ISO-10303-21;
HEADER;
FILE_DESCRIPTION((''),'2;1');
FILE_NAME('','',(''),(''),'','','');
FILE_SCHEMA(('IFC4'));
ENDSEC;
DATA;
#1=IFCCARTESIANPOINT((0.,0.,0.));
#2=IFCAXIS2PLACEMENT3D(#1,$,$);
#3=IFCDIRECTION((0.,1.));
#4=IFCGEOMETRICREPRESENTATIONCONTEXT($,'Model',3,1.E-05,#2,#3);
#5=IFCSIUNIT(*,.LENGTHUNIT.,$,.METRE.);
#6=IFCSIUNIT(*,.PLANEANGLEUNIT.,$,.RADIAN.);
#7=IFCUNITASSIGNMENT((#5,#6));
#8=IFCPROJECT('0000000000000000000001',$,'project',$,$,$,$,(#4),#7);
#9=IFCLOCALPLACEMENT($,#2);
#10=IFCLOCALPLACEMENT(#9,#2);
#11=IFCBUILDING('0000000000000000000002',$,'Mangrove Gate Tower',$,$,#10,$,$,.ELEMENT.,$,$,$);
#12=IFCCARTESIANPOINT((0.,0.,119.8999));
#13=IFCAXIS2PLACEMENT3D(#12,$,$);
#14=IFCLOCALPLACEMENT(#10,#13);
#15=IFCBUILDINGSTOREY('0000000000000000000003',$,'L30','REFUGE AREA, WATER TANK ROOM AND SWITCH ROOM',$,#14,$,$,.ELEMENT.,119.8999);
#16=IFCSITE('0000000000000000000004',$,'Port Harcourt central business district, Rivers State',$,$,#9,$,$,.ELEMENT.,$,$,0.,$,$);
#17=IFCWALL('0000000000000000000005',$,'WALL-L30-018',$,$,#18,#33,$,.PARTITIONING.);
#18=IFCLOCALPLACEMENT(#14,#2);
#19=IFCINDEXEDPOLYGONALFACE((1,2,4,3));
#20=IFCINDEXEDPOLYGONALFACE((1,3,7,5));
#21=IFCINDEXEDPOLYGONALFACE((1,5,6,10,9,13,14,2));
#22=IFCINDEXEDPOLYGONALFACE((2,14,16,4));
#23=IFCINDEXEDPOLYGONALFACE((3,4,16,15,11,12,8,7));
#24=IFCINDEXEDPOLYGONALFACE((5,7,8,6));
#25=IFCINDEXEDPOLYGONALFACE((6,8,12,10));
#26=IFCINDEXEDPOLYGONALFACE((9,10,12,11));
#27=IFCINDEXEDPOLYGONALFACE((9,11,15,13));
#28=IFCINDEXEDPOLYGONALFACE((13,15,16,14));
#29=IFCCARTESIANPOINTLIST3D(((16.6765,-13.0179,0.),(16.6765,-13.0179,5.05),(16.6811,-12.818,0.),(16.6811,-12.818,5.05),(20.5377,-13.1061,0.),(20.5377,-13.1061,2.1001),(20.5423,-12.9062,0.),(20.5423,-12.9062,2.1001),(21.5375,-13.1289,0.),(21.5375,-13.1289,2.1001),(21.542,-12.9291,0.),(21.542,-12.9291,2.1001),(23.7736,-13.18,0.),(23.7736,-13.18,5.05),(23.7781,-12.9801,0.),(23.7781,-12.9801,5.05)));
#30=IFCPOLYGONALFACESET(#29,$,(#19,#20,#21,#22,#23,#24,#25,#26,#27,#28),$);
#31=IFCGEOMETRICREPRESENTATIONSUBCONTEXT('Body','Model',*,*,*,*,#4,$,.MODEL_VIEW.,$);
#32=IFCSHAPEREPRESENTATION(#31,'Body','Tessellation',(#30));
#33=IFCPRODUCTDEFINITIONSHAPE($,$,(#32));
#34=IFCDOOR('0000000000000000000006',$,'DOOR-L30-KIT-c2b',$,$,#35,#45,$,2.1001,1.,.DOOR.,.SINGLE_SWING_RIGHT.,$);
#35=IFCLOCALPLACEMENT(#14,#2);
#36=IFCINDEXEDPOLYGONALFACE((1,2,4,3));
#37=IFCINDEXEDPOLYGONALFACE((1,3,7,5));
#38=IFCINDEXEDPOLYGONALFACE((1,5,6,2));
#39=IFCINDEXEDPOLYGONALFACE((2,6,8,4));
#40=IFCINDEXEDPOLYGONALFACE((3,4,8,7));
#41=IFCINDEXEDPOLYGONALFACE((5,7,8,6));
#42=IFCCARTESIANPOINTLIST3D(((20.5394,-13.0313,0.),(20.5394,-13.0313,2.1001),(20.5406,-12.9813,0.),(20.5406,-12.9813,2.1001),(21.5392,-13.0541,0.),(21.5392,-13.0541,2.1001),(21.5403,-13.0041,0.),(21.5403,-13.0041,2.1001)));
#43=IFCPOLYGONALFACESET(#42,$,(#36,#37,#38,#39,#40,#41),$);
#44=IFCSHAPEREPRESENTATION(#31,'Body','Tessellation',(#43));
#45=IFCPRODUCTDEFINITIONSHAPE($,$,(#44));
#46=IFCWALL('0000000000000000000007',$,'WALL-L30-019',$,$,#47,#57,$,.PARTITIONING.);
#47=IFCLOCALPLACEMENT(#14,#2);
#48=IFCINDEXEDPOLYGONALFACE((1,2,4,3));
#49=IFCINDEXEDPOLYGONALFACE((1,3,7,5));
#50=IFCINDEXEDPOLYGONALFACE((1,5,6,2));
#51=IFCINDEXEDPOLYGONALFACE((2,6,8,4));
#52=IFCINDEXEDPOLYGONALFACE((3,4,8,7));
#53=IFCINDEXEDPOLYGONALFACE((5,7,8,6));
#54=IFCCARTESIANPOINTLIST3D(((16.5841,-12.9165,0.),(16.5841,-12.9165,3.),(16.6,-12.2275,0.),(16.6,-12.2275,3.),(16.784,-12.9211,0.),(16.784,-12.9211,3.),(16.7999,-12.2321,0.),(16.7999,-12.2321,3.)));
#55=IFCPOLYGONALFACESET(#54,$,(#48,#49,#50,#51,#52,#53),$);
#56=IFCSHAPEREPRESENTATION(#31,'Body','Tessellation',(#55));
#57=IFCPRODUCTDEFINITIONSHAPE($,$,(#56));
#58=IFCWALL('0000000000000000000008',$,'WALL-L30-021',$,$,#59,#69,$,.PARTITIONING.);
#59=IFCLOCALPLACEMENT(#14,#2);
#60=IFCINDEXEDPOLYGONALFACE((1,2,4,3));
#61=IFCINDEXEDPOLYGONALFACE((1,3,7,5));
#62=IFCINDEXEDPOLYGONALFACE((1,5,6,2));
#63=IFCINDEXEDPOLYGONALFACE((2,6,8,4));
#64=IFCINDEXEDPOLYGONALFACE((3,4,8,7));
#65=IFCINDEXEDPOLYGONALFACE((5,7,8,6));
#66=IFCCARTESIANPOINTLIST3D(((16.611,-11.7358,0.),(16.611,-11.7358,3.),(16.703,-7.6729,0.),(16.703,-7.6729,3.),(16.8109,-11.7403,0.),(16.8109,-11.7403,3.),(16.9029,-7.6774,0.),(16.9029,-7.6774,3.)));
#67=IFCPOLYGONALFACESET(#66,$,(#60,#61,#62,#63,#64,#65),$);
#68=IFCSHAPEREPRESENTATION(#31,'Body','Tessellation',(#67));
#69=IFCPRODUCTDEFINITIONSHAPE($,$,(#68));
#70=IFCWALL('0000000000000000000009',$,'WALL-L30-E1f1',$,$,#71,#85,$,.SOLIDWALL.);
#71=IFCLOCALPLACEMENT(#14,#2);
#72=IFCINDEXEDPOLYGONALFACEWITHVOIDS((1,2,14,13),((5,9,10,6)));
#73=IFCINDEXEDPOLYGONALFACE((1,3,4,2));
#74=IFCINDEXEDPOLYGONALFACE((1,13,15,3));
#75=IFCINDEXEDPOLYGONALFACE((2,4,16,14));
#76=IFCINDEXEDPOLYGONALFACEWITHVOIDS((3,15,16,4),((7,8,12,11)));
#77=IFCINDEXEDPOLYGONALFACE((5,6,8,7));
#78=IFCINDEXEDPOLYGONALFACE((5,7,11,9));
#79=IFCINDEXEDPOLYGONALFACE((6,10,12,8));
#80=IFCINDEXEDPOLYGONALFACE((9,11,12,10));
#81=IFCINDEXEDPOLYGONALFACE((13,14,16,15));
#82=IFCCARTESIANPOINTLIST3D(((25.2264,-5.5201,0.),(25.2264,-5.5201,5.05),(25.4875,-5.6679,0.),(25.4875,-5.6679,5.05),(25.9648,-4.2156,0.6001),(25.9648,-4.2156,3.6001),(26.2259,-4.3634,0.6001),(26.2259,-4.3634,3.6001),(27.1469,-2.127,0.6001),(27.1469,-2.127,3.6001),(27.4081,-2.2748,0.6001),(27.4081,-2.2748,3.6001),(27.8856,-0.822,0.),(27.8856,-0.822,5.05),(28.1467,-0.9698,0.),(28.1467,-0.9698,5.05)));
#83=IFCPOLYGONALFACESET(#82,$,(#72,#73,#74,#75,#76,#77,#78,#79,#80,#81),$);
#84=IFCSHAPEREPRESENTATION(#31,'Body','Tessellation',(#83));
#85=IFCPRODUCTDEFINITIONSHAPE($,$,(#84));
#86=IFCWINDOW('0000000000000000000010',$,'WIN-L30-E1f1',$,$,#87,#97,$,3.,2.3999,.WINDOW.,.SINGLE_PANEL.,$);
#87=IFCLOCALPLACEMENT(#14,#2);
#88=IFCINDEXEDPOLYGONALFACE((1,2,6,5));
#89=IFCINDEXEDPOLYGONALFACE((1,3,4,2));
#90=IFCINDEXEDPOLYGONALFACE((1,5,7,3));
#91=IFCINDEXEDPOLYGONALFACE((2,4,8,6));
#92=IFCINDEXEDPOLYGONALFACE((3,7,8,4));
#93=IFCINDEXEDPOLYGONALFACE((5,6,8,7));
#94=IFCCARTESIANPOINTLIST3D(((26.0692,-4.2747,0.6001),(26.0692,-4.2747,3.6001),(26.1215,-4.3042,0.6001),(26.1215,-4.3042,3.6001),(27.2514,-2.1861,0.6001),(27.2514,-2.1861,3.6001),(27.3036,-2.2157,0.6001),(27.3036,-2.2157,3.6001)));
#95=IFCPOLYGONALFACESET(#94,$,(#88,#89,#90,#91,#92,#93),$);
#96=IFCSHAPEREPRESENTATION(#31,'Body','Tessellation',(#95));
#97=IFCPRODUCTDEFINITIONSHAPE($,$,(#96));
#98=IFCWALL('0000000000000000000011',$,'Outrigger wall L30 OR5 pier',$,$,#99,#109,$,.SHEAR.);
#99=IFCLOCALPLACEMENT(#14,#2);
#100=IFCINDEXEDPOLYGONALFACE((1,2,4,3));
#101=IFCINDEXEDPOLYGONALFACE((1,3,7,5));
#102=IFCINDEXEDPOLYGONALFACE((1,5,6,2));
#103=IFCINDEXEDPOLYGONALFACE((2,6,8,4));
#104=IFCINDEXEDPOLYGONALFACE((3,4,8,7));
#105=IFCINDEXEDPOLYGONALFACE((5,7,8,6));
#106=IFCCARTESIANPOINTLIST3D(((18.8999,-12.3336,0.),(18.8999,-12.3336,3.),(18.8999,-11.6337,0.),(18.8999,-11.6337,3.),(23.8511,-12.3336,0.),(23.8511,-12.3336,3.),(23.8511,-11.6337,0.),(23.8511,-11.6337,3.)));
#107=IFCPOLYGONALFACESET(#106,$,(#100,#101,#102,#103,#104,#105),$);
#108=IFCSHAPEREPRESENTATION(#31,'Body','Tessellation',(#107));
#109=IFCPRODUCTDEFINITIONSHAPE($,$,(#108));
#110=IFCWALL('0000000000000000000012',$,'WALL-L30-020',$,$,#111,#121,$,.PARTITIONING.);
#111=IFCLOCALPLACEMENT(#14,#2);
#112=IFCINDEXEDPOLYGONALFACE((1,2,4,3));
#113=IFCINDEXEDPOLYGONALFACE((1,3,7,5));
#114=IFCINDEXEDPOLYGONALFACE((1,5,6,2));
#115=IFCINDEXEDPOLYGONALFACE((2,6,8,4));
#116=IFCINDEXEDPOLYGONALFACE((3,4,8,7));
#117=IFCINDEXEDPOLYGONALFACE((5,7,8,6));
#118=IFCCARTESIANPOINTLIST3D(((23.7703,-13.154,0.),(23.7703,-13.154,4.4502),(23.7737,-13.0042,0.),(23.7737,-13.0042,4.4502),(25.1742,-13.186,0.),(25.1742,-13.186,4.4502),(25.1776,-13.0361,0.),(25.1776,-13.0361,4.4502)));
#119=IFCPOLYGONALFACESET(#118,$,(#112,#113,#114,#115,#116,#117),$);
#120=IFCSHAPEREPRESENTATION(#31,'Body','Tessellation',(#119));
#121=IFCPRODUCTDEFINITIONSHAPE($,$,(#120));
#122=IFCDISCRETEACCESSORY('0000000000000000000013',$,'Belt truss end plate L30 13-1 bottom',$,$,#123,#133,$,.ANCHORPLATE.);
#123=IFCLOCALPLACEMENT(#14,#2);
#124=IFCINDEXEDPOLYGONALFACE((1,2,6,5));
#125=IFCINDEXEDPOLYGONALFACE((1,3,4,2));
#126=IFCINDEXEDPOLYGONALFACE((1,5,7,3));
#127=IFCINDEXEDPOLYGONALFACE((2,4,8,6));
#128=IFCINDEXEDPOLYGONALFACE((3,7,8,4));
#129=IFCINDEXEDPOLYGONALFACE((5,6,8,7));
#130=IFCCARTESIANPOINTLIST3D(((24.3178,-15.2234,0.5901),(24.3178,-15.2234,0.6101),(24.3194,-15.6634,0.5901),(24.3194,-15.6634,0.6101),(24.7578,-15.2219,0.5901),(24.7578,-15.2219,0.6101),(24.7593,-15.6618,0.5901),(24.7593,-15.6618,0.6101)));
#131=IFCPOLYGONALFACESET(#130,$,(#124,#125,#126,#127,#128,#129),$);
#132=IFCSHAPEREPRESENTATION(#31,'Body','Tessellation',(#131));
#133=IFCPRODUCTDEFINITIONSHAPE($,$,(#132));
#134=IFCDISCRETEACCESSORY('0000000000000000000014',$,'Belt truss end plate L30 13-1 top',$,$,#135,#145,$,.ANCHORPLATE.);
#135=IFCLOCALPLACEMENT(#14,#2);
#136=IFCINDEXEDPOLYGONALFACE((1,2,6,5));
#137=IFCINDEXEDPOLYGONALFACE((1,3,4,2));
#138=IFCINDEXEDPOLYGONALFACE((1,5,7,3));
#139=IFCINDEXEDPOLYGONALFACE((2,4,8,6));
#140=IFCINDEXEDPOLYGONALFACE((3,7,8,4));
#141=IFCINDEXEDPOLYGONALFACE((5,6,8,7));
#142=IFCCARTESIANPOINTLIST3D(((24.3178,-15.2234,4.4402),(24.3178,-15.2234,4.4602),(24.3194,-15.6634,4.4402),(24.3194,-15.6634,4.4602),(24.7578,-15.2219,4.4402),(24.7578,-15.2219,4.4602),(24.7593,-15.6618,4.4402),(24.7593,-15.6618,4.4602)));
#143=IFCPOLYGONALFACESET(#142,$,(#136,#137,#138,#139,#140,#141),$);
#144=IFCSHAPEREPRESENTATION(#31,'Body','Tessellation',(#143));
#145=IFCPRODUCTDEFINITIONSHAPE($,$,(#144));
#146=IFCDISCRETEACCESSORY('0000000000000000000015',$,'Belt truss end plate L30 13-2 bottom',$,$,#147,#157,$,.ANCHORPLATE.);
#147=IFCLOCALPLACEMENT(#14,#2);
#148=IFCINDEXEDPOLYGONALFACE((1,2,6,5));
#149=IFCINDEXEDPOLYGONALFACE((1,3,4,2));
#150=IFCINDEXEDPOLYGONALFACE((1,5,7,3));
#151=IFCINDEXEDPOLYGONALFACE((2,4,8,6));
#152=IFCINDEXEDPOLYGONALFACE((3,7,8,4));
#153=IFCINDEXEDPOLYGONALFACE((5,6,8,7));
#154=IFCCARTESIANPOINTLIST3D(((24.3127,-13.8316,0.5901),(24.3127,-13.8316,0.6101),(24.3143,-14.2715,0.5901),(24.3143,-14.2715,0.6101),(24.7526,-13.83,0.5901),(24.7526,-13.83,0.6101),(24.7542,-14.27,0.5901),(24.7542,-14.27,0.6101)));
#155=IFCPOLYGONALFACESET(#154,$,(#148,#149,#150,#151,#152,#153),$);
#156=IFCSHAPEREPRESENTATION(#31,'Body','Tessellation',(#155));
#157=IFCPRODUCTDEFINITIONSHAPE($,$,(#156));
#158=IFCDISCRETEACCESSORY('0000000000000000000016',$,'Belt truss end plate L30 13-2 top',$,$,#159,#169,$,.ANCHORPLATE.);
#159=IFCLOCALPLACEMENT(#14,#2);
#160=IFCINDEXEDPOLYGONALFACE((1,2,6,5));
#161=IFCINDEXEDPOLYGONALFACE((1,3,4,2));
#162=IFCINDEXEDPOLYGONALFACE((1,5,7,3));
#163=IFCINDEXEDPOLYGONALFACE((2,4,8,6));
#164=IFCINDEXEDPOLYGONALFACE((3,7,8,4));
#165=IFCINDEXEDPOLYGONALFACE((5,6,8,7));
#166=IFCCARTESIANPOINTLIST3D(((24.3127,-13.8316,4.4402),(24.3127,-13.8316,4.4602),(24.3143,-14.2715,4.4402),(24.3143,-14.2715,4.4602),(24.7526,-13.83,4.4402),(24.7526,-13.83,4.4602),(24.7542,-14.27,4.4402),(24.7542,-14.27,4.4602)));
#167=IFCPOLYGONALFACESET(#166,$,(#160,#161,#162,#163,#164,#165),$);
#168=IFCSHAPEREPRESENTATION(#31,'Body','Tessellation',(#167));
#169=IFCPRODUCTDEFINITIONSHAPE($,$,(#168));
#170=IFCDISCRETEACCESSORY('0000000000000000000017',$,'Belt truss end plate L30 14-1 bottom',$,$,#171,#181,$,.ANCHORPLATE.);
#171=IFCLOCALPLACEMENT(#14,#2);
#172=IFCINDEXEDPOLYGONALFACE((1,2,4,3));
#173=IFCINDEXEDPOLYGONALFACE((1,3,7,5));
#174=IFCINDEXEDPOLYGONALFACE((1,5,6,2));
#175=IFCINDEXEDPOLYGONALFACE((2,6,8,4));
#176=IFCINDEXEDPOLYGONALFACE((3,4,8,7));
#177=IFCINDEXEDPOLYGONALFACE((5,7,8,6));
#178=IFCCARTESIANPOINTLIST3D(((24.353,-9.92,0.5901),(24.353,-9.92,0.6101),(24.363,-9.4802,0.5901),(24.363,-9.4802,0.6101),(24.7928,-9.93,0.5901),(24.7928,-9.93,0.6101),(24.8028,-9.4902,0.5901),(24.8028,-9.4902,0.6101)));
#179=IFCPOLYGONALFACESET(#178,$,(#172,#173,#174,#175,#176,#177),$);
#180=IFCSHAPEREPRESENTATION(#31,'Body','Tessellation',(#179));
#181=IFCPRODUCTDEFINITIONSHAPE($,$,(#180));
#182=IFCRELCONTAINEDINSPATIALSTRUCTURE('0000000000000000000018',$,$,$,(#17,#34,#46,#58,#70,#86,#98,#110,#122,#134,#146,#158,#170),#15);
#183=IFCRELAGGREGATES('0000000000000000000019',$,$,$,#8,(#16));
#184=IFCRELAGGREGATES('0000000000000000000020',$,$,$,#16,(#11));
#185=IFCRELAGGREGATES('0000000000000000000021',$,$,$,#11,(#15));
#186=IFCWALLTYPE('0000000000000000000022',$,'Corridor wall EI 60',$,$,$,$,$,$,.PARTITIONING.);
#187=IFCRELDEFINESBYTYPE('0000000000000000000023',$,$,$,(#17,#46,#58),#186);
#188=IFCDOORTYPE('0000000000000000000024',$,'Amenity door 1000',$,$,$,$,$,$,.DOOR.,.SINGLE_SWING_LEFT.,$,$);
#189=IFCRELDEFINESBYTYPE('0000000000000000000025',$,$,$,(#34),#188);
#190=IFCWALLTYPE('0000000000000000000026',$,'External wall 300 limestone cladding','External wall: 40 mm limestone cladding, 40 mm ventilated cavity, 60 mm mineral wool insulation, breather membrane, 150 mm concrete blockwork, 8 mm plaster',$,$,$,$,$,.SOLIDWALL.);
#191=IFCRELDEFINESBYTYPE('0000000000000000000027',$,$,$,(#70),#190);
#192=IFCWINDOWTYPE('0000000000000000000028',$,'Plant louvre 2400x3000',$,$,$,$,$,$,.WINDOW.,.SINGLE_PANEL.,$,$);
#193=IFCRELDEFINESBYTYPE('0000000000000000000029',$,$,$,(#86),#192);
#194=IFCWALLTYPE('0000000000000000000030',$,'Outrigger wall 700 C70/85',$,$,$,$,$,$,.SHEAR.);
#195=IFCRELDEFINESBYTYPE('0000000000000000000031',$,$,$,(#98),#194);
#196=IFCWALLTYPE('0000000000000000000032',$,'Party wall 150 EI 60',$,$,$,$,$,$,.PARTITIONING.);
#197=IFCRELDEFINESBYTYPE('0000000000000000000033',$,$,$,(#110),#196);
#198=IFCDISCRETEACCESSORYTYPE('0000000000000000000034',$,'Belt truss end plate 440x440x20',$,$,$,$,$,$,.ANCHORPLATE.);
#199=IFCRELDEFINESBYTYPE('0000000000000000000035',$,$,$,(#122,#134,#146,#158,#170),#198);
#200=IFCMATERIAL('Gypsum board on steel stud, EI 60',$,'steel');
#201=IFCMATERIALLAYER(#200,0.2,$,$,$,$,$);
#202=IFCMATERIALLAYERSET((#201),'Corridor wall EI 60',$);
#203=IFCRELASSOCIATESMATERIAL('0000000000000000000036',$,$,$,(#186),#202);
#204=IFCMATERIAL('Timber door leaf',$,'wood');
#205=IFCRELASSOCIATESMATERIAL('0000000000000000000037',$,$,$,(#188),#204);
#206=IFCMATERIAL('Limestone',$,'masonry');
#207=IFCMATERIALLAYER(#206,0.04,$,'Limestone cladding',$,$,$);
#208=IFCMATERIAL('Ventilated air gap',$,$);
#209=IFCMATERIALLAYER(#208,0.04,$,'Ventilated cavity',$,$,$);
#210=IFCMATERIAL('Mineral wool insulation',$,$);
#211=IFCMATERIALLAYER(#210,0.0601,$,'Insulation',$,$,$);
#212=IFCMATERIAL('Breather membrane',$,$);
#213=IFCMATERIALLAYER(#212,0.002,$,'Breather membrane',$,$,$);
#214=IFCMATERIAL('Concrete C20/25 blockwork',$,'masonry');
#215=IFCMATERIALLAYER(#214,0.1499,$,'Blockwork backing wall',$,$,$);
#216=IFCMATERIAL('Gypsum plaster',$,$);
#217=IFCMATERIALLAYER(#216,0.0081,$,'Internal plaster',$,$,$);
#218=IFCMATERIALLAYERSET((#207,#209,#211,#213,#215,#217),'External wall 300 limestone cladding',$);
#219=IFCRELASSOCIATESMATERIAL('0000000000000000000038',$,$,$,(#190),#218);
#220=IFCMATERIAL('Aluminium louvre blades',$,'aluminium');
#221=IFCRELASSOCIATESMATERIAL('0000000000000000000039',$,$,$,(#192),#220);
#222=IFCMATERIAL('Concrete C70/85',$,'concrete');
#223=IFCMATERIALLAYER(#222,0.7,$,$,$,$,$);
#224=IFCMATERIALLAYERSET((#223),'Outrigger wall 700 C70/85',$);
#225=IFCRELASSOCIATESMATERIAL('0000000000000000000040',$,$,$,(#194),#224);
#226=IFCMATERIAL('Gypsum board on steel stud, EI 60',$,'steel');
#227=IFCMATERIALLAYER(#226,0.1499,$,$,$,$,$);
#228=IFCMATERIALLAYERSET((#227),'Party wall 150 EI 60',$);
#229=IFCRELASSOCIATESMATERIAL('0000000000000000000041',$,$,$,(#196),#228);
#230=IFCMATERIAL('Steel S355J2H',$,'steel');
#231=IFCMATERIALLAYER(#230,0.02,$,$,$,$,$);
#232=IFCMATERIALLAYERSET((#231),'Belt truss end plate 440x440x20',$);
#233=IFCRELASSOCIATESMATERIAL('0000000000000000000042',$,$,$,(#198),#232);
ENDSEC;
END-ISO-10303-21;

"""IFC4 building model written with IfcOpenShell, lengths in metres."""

from ifc_helpers import new_model, si_unit, direction, frame, frame_2d, origin, origin_2d, place, context, subcontext, project, spatial, rectangle, extrude, material, layer, layer_set, type_object, element, fill, save


model = new_model("IFC4")

# Units and contexts
model_context = context("Model", 3, precision=1e-05, world=origin(), true_north=direction((0.0, 1.0)))
body_context = subcontext(model_context, "Body", "Model", "MODEL_VIEW")
ifc_project = project(units=[si_unit("LENGTHUNIT", "METRE"), si_unit("PLANEANGLEUNIT", "RADIAN")], contexts=[model_context])

# Site, building, storey
site_placement = place(None, origin())
site = spatial("IfcSite", under=ifc_project, at=site_placement, Name="Port Harcourt central business district, Rivers State", CompositionType="ELEMENT", RefElevation=0.0)
building_placement = place(site_placement, origin())
building = spatial("IfcBuilding", under=site, at=building_placement, Name="Mangrove Gate Tower", CompositionType="ELEMENT")
storey_placement = place(building_placement, frame((0.0, 0.0, 119.8999)))
storey = spatial("IfcBuildingStorey", under=building, at=storey_placement, Name="L30", Description="REFUGE AREA, WATER TANK ROOM AND SWITCH ROOM", CompositionType="ELEMENT", Elevation=119.8999)

# Shared definitions
ifc_material_1 = material(Name="Gypsum board on steel stud, EI 60", Category="steel")
ifc_layer_1 = layer(ifc_material_1, 0.2)
ifc_layer_set_1 = layer_set([ifc_layer_1], Name="Corridor wall EI 60")
wall_type_1 = type_object("IfcWallType", Name="Corridor wall EI 60", PredefinedType="PARTITIONING", material=ifc_layer_set_1)

# Wall, opening, door
wall_1_placement = place(storey_placement, frame((16.679, -12.918, 0.0), z_axis=(0.0, 0.0, 1.0), x_axis=(0.999739, -0.022836, 0.0)))
wall_1 = element("IfcWall", 1, at=wall_1_placement, inside=storey, type_object=wall_type_1, Name="WALL-L30-018", PredefinedType="PARTITIONING", context=body_context, shape_type="SweptSolid", body=[
    extrude(rectangle(XDim=7.0989, YDim=0.2, at=frame_2d((3.5493, 0.0))), origin(), (0.0, 0.0, 1.0), 5.05),
])
opening_1_placement = place(wall_1_placement, frame((3.8621, 0.0, 0.0)))
opening_1 = element("IfcOpeningElement", 2, at=opening_1_placement, cuts=wall_1, PredefinedType="OPENING", context=body_context, shape_type="SweptSolid", body=[
    extrude(rectangle(XDim=1.0, YDim=2.1001, at=frame_2d((0.5, 1.05))), frame((0.0, 0.1099, 0.0), z_axis=(0.0, -1.0, 0.0), x_axis=(1.0, 0.0, 0.0)), (0.0, 0.0, 1.0), 0.22),
])
ifc_material_2 = material(Name="Timber door leaf", Category="wood")
door_type = type_object("IfcDoorType", Name="Amenity door 1000", OperationType="SINGLE_SWING_LEFT", PredefinedType="DOOR", material=ifc_material_2)
door_placement = place(opening_1_placement, origin())
door = element("IfcDoor", 3, at=door_placement, inside=storey, type_object=door_type, Name="DOOR-L30-KIT-c2b", OperationType="SINGLE_SWING_RIGHT", OverallHeight=2.1001, OverallWidth=1.0, PredefinedType="DOOR", context=body_context, shape_type="SweptSolid", body=[
    extrude(rectangle(XDim=1.0, YDim=2.1001, at=frame_2d((0.5, 1.05))), frame((0.0, 0.0249, 0.0), z_axis=(0.0, -1.0, 0.0), x_axis=(1.0, 0.0, 0.0)), (0.0, 0.0, 1.0), 0.05),
])
fill(opening_1, door)

# Walls
wall_2_placement = place(storey_placement, frame((16.6841, -12.9189, 0.0), z_axis=(0.0, 0.0, 1.0), x_axis=(0.023027, 0.999735, 0.0)))
element("IfcWall", 4, at=wall_2_placement, inside=storey, type_object=wall_type_1, Name="WALL-L30-019", PredefinedType="PARTITIONING", context=body_context, shape_type="SweptSolid", body=[
    extrude(rectangle(XDim=0.6892, YDim=0.2, at=frame_2d((0.3447, 0.0))), origin(), (0.0, 0.0, 1.0), 3.0),
])
wall_3_placement = place(storey_placement, frame((16.7109, -11.738, 0.0), z_axis=(0.0, 0.0, 1.0), x_axis=(0.022648, 0.999744, 0.0)))
element("IfcWall", 5, at=wall_3_placement, inside=storey, type_object=wall_type_1, Name="WALL-L30-021", PredefinedType="PARTITIONING", context=body_context, shape_type="SweptSolid", body=[
    extrude(rectangle(XDim=4.064, YDim=0.2, at=frame_2d((2.032, 0.0))), origin(), (0.0, 0.0, 1.0), 3.0),
])

# Wall, opening, window
ifc_material_3 = material(Name="Limestone", Category="masonry")
ifc_layer_2 = layer(ifc_material_3, 0.04, Name="Limestone cladding")
ifc_material_4 = material(Name="Ventilated air gap")
ifc_layer_3 = layer(ifc_material_4, 0.04, Name="Ventilated cavity")
ifc_material_5 = material(Name="Mineral wool insulation")
ifc_layer_4 = layer(ifc_material_5, 0.0601, Name="Insulation")
ifc_material_6 = material(Name="Breather membrane")
ifc_layer_5 = layer(ifc_material_6, 0.002, Name="Breather membrane")
ifc_material_7 = material(Name="Concrete C20/25 blockwork", Category="masonry")
ifc_layer_6 = layer(ifc_material_7, 0.1499, Name="Blockwork backing wall")
ifc_material_8 = material(Name="Gypsum plaster")
ifc_layer_7 = layer(ifc_material_8, 0.0081, Name="Internal plaster")
ifc_layer_set_2 = layer_set([ifc_layer_2, ifc_layer_3, ifc_layer_4, ifc_layer_5, ifc_layer_6, ifc_layer_7], Name="External wall 300 limestone cladding")
wall_type_2 = type_object("IfcWallType", Name="External wall 300 limestone cladding", Description="External wall: 40 mm limestone cladding, 40 mm ventilated cavity, 60 mm mineral wool insulation, breather membrane, 150 mm concrete blockwork, 8 mm plaster", PredefinedType="SOLIDWALL", material=ifc_layer_set_2)
wall_4_placement = place(storey_placement, frame((25.3569, -5.594, 0.0), z_axis=(0.0, 0.0, 1.0), x_axis=(0.492589, 0.870262, 0.0)))
wall_4 = element("IfcWall", 6, at=wall_4_placement, inside=storey, type_object=wall_type_2, Name="WALL-L30-E1f1", PredefinedType="SOLIDWALL", context=body_context, shape_type="SweptSolid", body=[
    extrude(rectangle(XDim=5.3984, YDim=0.3, at=frame_2d((2.6992, 0.0))), origin(), (0.0, 0.0, 1.0), 5.05),
])
opening_2_placement = place(wall_4_placement, frame((1.499, 0.0, 0.6001)))
opening_2 = element("IfcOpeningElement", 7, at=opening_2_placement, cuts=wall_4, PredefinedType="OPENING", context=body_context, shape_type="SweptSolid", body=[
    extrude(rectangle(XDim=2.3999, YDim=3.0, at=frame_2d((1.2, 1.5))), frame((0.0, 0.1599, 0.0), z_axis=(0.0, -1.0, 0.0), x_axis=(1.0, 0.0, 0.0)), (0.0, 0.0, 1.0), 0.3201),
])
ifc_material_9 = material(Name="Aluminium louvre blades", Category="aluminium")
window_type = type_object("IfcWindowType", Name="Plant louvre 2400x3000", PartitioningType="SINGLE_PANEL", PredefinedType="WINDOW", material=ifc_material_9)
window_placement = place(opening_2_placement, origin())
window = element("IfcWindow", 8, at=window_placement, inside=storey, type_object=window_type, Name="WIN-L30-E1f1", OverallHeight=3.0, OverallWidth=2.3999, PartitioningType="SINGLE_PANEL", PredefinedType="WINDOW", context=body_context, shape_type="SweptSolid", body=[
    extrude(rectangle(XDim=2.3999, YDim=3.0, at=frame_2d((1.2, 1.5))), frame((0.0, 0.03, 0.0), z_axis=(0.0, -1.0, 0.0), x_axis=(1.0, 0.0, 0.0)), (0.0, 0.0, 1.0), 0.0601),
])
fill(opening_2, window)

# Walls
ifc_material_10 = material(Name="Concrete C70/85", Category="concrete")
ifc_layer_8 = layer(ifc_material_10, 0.7)
ifc_layer_set_3 = layer_set([ifc_layer_8], Name="Outrigger wall 700 C70/85")
wall_type_3 = type_object("IfcWallType", Name="Outrigger wall 700 C70/85", PredefinedType="SHEAR", material=ifc_layer_set_3)
wall_5_placement = place(storey_placement, frame((18.8999, -11.9836, 0.0), z_axis=(0.0, 0.0, 1.0), x_axis=(1.0, 0.0, 0.0)))
element("IfcWall", 9, at=wall_5_placement, inside=storey, type_object=wall_type_3, Name="Outrigger wall L30 OR5 pier", PredefinedType="SHEAR", context=body_context, shape_type="SweptSolid", body=[
    extrude(rectangle(XDim=4.9512, YDim=0.7, at=frame_2d((2.4756, 0.0))), origin(), (0.0, 0.0, 1.0), 3.0),
])
ifc_material_11 = material(Name="Gypsum board on steel stud, EI 60", Category="steel")
ifc_layer_9 = layer(ifc_material_11, 0.1499)
ifc_layer_set_4 = layer_set([ifc_layer_9], Name="Party wall 150 EI 60")
wall_type_4 = type_object("IfcWallType", Name="Party wall 150 EI 60", PredefinedType="PARTITIONING", material=ifc_layer_set_4)
wall_6_placement = place(storey_placement, frame((23.772, -13.0791, 0.0), z_axis=(0.0, 0.0, 1.0), x_axis=(0.999741, -0.022773, 0.0)))
element("IfcWall", 10, at=wall_6_placement, inside=storey, type_object=wall_type_4, Name="WALL-L30-020", PredefinedType="PARTITIONING", context=body_context, shape_type="SweptSolid", body=[
    extrude(rectangle(XDim=1.4043, YDim=0.1499, at=frame_2d((0.7021, 0.0))), origin(), (0.0, 0.0, 1.0), 4.4502),
])

# Discrete accessories
ifc_material_12 = material(Name="Steel S355J2H", Category="steel")
ifc_layer_10 = layer(ifc_material_12, 0.02)
ifc_layer_set_5 = layer_set([ifc_layer_10], Name="Belt truss end plate 440x440x20")
discrete_accessory_type = type_object("IfcDiscreteAccessoryType", Name="Belt truss end plate 440x440x20", PredefinedType="ANCHORPLATE", material=ifc_layer_set_5)
for number, where, z_axis, x_axis, name in (
    (11, (24.5386, -15.4426, 0.5901), (0.0, 0.0, 1.0), (-0.003554, 0.999994, 0.0), "Belt truss end plate L30 13-1 bottom"),
    (12, (24.5386, -15.4426, 4.4402), (0.0, 0.0, 1.0), (-0.003554, 0.999994, 0.0), "Belt truss end plate L30 13-1 top"),
    (13, (24.5334, -14.0508, 0.5901), (0.0, 0.0, 1.0), (-0.003554, 0.999994, 0.0), "Belt truss end plate L30 13-2 bottom"),
    (14, (24.5334, -14.0508, 4.4402), (0.0, 0.0, 1.0), (-0.003554, 0.999994, 0.0), "Belt truss end plate L30 13-2 top"),
    (15, (24.5779, -9.7051, 0.5901), (0.0, 0.0, 1.0), (0.022718, 0.999742, 0.0), "Belt truss end plate L30 14-1 bottom"),
):
    element("IfcDiscreteAccessory", number, at=place(storey_placement, frame(where, z_axis=z_axis, x_axis=x_axis)), inside=storey, type_object=discrete_accessory_type, Name=name, PredefinedType="ANCHORPLATE", context=body_context, shape_type="SweptSolid", body=[
        extrude(rectangle(XDim=0.4399, YDim=0.4399, at=origin_2d()), origin(), (0.0, 0.0, 1.0), 0.02),
    ])

save(model, "model.ifc")
